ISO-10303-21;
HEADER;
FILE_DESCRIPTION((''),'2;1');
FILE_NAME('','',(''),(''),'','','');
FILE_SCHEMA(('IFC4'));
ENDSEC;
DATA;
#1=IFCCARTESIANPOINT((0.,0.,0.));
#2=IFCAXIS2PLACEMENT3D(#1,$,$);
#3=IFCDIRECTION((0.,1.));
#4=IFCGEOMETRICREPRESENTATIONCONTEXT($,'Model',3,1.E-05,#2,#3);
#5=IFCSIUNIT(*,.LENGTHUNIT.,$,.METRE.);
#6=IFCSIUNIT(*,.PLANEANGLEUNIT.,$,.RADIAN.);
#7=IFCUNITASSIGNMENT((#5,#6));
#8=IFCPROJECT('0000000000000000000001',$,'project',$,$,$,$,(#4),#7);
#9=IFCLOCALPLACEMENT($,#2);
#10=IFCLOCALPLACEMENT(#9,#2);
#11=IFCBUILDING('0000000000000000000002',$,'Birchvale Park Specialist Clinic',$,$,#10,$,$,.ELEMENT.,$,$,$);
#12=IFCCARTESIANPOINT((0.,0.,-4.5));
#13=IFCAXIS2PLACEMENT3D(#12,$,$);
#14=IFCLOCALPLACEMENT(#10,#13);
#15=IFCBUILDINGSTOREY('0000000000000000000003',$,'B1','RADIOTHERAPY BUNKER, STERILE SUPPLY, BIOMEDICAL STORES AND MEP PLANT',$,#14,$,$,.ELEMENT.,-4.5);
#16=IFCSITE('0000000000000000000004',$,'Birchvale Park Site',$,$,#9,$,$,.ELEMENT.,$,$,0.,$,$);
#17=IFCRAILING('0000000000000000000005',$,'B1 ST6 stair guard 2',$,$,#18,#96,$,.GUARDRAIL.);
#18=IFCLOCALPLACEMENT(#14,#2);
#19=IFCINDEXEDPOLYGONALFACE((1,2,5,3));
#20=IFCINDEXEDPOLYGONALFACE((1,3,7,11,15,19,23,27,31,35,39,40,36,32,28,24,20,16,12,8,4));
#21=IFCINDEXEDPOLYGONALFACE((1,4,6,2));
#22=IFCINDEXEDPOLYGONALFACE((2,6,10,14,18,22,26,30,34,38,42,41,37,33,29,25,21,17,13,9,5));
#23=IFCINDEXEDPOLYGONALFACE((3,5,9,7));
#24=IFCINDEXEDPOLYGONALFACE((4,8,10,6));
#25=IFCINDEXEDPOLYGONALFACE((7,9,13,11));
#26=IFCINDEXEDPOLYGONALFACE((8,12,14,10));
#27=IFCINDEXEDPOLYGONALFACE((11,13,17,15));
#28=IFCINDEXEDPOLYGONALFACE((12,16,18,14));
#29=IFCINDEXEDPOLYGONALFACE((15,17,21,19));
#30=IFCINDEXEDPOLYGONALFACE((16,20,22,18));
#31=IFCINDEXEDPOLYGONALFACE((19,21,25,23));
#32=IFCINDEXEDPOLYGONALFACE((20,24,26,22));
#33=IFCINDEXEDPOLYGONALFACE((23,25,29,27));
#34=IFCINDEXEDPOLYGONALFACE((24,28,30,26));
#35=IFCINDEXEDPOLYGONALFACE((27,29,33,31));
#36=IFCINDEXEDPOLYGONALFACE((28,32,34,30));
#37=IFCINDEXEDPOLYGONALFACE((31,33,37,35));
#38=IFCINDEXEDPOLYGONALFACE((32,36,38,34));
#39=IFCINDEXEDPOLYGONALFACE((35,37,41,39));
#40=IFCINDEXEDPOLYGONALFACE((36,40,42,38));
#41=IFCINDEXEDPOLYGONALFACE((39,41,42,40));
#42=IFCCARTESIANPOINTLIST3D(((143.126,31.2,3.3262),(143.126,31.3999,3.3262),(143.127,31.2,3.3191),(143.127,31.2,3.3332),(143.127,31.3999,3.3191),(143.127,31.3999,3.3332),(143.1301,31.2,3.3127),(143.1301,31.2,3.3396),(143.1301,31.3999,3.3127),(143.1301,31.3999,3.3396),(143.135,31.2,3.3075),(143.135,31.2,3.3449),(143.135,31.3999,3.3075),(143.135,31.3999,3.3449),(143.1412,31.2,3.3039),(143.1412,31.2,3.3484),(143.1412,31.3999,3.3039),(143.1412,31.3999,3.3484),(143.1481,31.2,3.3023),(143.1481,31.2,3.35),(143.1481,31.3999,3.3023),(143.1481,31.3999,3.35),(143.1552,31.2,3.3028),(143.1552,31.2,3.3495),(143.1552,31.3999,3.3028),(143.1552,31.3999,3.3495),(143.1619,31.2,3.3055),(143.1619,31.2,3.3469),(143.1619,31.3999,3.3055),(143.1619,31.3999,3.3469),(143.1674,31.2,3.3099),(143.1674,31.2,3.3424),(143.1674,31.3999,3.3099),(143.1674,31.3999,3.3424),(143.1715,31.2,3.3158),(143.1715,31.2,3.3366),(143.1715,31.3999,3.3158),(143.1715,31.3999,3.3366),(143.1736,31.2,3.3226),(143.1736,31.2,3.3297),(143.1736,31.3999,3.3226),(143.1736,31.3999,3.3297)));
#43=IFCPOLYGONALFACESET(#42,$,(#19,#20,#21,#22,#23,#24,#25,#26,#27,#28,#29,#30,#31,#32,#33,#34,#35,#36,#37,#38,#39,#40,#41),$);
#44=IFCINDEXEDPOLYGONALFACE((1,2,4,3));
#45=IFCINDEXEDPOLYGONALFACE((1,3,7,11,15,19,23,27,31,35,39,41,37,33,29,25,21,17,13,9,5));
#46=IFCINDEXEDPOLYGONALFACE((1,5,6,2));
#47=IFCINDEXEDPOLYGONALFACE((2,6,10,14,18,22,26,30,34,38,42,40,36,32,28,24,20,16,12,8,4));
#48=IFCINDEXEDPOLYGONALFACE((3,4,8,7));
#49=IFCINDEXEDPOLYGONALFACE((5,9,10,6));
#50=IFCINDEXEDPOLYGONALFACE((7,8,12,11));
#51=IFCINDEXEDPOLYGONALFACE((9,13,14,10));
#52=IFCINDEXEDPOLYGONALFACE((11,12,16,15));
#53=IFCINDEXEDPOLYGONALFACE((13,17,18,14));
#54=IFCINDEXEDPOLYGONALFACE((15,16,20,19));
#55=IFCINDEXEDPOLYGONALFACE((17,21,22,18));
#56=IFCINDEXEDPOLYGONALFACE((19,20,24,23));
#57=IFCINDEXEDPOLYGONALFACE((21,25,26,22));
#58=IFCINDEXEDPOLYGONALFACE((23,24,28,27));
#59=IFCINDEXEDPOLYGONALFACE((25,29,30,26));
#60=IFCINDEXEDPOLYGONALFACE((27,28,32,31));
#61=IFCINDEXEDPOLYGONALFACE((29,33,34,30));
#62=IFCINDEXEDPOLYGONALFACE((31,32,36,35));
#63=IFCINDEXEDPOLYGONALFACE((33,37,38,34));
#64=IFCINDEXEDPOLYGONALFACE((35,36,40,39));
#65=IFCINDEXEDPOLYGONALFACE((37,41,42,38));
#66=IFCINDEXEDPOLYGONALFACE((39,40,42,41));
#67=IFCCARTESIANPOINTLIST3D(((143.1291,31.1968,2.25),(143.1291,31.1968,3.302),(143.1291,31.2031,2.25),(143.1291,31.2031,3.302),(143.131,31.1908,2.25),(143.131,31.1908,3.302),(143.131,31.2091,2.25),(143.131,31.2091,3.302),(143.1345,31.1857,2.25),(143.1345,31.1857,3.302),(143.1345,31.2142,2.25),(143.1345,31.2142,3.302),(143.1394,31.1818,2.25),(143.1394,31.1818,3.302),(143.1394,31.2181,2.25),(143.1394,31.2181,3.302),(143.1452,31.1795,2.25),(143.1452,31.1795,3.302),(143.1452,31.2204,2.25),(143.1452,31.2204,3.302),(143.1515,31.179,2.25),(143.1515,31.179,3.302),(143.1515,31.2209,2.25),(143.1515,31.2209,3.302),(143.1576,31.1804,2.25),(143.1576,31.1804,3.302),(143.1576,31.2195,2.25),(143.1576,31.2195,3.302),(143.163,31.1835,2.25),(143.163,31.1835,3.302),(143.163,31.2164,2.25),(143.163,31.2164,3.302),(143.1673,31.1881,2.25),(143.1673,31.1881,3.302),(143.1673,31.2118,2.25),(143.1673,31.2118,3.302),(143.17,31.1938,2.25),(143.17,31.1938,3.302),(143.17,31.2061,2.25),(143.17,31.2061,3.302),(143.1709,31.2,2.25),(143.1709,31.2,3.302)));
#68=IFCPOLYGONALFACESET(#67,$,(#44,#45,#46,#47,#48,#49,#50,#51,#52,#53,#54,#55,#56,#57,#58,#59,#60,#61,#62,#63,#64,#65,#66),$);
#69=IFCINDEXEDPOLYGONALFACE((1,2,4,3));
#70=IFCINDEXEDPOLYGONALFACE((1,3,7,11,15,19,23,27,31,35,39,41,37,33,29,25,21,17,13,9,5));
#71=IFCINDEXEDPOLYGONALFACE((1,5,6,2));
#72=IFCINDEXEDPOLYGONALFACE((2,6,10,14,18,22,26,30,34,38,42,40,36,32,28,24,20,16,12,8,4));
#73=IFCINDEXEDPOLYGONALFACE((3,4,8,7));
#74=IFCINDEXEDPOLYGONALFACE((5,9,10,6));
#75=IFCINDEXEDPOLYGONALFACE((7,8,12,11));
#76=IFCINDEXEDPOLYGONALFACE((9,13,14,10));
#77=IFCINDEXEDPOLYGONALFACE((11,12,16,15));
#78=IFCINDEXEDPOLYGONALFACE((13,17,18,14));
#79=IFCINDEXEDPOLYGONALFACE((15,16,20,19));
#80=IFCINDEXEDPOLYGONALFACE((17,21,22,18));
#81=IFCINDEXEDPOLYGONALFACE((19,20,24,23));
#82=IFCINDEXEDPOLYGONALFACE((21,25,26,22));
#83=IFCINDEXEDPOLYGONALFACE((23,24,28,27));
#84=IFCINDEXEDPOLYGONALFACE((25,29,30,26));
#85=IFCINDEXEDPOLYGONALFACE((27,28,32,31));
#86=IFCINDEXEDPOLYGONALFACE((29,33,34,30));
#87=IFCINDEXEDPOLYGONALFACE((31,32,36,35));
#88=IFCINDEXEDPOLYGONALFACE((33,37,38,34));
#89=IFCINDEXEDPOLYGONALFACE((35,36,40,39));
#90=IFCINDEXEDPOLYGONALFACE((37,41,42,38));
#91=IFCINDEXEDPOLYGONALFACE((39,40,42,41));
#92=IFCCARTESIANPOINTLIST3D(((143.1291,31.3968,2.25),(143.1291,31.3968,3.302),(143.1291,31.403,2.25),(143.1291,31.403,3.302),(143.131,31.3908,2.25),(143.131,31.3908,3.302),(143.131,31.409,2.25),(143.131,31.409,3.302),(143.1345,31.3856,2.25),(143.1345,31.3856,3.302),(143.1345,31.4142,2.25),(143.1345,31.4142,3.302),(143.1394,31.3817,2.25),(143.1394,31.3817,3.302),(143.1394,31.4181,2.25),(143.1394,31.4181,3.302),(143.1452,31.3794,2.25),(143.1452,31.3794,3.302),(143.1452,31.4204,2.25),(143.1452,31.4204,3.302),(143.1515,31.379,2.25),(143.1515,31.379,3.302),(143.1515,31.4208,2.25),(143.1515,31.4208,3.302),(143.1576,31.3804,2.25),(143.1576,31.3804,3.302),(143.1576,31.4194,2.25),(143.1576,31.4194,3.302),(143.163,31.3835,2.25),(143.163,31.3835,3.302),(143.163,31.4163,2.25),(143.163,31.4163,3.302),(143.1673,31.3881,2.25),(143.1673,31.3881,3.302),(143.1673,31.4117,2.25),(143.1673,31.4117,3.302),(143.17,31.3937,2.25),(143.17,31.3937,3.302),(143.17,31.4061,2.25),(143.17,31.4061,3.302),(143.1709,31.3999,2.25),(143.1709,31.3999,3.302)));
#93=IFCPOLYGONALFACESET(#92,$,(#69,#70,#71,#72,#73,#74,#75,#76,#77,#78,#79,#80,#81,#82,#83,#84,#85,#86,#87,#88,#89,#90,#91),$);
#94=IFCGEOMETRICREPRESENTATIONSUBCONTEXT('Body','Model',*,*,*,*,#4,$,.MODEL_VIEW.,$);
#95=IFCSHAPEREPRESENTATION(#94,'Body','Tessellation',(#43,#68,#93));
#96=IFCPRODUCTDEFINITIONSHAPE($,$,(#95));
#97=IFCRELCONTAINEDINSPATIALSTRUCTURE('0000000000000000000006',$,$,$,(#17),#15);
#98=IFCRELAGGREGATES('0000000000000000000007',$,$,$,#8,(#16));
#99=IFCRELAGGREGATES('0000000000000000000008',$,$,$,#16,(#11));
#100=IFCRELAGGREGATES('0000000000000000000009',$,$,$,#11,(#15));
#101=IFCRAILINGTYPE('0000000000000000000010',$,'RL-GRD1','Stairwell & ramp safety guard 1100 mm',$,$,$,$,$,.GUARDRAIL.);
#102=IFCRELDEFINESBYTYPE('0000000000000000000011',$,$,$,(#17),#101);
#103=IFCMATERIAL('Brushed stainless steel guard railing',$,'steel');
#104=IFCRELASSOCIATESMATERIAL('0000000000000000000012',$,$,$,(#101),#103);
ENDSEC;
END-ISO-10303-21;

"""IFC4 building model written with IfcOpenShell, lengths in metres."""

from ifc_helpers import new_model, si_unit, direction, frame, origin, origin_2d, place, context, subcontext, project, spatial, circle, extrude, material, type_object, element, save


model = new_model("IFC4")

# Units and contexts
model_context = context("Model", 3, precision=1e-05, world=origin(), true_north=direction((0.0, 1.0)))
body_context = subcontext(model_context, "Body", "Model", "MODEL_VIEW")
ifc_project = project(units=[si_unit("LENGTHUNIT", "METRE"), si_unit("PLANEANGLEUNIT", "RADIAN")], contexts=[model_context])

# Site, building, storey
site_placement = place(None, origin())
site = spatial("IfcSite", under=ifc_project, at=site_placement, Name="Birchvale Park Site", CompositionType="ELEMENT", RefElevation=0.0)
building_placement = place(site_placement, origin())
building = spatial("IfcBuilding", under=site, at=building_placement, Name="Birchvale Park Specialist Clinic", CompositionType="ELEMENT")
storey_placement = place(building_placement, frame((0.0, 0.0, -4.5)))
storey = spatial("IfcBuildingStorey", under=building, at=storey_placement, Name="B1", Description="RADIOTHERAPY BUNKER, STERILE SUPPLY, BIOMEDICAL STORES AND MEP PLANT", CompositionType="ELEMENT", Elevation=-4.5)

# Railing
ifc_material_1 = material(Name="Brushed stainless steel guard railing", Category="steel")
railing_type_1 = type_object("IfcRailingType", Name="RL-GRD1", Description="Stairwell & ramp safety guard 1100 mm", PredefinedType="GUARDRAIL", material=ifc_material_1)
railing_1_placement = place(storey_placement, frame((143.1499, 31.2, 2.25)))
element("IfcRailing", 1, at=railing_1_placement, inside=storey, type_object=railing_type_1, Name="B1 ST6 stair guard 2", PredefinedType="GUARDRAIL", context=body_context, shape_type="SweptSolid", body=[
    extrude(circle(Radius=0.0239, at=origin_2d()), frame((0.0, 0.0, 1.0762), z_axis=(0.0, 1.0, 0.0), x_axis=(-1.0, 0.0, 0.0)), (0.0, 0.0, 1.0), 0.2),
    extrude(circle(Radius=0.021, at=origin_2d()), origin(), (0.0, 0.0, 1.0), 1.052),
    extrude(circle(Radius=0.021, at=origin_2d()), frame((0.0, 0.2, 0.0)), (0.0, 0.0, 1.0), 1.052),
])

save(model, "model.ifc")
